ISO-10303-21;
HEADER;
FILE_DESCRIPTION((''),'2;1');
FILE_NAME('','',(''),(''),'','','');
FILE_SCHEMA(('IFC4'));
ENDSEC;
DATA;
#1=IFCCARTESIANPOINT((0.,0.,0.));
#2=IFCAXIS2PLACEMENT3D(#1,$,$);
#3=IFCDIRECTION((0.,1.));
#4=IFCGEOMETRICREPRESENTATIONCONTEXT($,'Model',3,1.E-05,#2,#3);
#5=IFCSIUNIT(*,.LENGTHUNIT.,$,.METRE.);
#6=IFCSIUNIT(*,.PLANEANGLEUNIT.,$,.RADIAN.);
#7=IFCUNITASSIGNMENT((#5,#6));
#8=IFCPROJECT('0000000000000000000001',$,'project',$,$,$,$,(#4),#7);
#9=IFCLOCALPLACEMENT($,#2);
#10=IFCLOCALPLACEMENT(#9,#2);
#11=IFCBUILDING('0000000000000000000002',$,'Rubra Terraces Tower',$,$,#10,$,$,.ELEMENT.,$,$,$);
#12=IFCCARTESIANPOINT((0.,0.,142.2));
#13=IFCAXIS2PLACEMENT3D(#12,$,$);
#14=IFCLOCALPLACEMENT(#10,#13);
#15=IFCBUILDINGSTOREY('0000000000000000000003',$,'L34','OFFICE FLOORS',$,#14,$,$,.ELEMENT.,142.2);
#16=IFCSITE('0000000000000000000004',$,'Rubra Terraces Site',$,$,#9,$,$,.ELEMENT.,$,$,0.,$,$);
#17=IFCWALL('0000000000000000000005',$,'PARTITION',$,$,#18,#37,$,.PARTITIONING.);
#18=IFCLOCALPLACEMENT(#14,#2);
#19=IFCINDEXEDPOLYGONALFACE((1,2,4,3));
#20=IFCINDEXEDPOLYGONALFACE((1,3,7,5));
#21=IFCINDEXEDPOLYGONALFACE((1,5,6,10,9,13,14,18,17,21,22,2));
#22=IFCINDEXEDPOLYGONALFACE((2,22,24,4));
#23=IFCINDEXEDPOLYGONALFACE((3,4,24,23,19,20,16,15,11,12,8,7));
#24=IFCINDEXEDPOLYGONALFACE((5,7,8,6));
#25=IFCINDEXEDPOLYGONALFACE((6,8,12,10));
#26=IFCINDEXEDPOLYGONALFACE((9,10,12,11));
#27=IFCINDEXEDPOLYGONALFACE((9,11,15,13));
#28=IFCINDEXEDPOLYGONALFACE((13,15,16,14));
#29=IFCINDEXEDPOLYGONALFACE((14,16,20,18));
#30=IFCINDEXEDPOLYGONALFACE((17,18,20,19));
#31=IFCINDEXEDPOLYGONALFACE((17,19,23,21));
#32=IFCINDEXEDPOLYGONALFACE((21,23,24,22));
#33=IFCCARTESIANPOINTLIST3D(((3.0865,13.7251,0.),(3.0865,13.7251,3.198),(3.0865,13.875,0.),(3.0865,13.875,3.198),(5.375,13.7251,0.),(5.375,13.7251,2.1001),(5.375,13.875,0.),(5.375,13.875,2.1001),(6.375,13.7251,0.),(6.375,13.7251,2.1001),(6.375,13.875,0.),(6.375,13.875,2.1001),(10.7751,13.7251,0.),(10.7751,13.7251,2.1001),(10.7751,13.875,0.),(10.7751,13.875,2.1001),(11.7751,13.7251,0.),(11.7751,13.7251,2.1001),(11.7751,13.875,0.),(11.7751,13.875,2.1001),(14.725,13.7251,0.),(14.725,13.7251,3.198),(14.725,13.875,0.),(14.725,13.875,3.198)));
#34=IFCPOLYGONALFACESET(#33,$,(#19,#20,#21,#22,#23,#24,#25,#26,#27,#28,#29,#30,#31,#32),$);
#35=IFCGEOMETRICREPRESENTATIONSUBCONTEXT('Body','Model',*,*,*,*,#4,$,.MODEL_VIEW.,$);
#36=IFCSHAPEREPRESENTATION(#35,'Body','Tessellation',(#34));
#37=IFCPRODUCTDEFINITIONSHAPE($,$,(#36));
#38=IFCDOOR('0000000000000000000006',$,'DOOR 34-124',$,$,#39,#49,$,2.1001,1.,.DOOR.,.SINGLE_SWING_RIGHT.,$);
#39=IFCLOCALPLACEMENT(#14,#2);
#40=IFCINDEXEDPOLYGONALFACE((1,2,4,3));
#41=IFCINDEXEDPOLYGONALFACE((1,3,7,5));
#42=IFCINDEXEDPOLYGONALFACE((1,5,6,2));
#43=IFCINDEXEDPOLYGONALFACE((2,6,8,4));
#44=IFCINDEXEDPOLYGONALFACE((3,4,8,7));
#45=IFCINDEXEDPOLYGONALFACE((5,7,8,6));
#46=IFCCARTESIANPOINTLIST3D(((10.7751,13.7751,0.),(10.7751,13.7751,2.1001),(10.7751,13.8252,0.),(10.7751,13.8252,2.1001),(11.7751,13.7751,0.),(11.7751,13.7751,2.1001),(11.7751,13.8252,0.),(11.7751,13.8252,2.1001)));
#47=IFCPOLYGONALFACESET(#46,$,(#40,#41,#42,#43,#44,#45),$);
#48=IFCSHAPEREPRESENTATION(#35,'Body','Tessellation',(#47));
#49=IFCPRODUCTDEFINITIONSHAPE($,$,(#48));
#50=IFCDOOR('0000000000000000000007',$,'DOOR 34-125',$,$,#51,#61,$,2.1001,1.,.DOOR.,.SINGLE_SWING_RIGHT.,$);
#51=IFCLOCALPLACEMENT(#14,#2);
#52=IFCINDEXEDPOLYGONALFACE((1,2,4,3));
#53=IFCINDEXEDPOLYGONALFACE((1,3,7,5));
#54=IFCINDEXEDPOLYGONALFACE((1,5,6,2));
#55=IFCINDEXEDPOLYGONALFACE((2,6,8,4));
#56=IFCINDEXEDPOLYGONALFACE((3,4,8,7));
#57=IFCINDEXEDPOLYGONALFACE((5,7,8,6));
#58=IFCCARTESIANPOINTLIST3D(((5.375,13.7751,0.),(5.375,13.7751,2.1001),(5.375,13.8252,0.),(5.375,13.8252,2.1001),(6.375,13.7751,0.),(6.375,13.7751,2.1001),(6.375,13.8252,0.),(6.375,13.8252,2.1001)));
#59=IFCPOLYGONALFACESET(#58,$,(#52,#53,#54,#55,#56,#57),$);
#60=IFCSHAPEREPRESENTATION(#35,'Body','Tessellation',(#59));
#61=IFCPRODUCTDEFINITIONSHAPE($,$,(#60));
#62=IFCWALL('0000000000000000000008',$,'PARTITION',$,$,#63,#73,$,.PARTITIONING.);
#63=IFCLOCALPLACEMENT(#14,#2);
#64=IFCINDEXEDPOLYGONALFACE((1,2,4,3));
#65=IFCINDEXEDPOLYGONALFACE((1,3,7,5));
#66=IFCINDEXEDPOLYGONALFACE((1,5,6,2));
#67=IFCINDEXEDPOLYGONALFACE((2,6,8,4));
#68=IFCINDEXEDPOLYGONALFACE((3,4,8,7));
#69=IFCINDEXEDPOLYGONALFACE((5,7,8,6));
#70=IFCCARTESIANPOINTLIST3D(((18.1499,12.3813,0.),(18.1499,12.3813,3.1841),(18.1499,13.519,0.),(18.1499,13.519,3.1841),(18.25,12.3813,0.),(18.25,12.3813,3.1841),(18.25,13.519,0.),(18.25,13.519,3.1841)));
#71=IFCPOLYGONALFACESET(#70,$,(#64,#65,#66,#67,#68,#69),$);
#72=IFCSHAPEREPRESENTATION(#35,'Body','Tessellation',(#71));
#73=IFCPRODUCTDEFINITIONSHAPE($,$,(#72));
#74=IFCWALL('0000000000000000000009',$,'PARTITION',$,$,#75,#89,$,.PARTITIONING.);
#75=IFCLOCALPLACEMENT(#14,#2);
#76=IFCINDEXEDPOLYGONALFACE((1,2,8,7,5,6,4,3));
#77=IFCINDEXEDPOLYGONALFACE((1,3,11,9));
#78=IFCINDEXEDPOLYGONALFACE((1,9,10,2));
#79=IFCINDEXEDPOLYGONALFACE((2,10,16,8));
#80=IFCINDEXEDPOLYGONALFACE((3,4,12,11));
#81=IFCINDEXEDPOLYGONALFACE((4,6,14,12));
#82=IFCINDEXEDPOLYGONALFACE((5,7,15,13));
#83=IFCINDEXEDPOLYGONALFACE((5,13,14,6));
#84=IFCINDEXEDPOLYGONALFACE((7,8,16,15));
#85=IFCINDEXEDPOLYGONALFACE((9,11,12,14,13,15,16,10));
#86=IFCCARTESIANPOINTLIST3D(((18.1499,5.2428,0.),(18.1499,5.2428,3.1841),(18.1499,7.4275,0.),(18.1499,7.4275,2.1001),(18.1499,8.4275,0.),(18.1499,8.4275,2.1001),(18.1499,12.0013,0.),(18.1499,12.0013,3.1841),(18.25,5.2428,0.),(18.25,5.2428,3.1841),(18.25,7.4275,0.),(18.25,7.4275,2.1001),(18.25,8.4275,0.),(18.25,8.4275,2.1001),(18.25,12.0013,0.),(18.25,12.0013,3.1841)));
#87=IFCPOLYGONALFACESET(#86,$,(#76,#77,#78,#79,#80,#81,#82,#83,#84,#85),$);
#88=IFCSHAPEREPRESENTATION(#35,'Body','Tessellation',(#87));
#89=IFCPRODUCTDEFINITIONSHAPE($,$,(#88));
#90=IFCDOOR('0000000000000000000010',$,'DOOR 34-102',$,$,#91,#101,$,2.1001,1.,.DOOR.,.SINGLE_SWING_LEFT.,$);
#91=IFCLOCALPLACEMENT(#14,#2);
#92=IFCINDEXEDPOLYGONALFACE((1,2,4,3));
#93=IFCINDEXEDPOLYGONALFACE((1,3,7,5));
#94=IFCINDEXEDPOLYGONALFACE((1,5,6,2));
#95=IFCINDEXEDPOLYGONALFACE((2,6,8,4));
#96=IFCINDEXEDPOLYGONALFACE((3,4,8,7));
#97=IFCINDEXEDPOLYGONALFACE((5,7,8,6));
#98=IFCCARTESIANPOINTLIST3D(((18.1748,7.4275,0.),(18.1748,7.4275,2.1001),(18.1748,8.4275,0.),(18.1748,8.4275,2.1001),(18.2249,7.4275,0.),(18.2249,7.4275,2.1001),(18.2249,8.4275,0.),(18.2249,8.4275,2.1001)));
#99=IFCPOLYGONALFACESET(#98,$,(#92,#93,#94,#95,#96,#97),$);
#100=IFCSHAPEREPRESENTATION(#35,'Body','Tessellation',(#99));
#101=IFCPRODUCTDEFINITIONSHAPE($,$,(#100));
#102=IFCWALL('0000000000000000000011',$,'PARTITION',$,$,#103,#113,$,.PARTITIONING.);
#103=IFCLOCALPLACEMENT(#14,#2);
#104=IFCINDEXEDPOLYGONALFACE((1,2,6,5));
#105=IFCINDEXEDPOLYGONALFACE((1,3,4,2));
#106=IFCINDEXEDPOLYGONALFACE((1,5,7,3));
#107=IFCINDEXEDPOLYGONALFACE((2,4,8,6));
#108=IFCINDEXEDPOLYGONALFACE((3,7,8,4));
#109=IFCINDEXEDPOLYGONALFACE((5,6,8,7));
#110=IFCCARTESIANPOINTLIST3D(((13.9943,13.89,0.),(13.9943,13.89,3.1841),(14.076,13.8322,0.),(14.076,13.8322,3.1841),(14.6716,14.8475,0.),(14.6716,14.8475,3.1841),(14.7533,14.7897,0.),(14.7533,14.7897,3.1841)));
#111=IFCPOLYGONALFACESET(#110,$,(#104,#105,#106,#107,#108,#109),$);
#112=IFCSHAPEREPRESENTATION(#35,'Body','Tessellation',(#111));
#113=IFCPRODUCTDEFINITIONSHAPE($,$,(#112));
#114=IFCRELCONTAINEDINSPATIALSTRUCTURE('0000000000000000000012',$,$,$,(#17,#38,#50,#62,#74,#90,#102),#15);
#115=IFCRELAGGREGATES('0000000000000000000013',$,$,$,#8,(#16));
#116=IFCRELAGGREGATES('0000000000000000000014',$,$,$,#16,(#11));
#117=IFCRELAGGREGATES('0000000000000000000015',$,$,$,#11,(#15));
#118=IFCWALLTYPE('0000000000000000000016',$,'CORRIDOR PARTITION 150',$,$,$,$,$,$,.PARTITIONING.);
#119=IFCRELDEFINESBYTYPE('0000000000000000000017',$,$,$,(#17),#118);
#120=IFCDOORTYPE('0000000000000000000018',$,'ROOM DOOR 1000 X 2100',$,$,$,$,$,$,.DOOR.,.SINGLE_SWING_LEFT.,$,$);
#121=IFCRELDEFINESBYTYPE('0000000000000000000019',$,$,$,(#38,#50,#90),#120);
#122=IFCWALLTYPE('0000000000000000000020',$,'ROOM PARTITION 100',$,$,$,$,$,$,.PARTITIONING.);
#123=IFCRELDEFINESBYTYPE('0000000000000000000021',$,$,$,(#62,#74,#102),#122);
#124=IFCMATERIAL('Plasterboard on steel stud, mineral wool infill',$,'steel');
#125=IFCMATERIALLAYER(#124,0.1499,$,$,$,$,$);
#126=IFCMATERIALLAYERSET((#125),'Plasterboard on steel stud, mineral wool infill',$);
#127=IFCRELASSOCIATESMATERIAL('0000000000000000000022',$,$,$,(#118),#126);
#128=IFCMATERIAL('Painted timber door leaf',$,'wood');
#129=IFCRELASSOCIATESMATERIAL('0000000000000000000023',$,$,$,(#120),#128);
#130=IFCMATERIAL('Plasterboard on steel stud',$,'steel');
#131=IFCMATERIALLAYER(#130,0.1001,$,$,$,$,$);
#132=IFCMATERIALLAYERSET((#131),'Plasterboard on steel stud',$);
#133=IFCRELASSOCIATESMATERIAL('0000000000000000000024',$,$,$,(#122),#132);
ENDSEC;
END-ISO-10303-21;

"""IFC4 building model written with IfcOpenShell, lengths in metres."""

from ifc_helpers import new_model, si_unit, direction, frame, frame_2d, origin, place, context, subcontext, project, spatial, rectangle, extrude, material, layer, layer_set, type_object, element, fill, save


model = new_model("IFC4")

# Units and contexts
model_context = context("Model", 3, precision=1e-05, world=origin(), true_north=direction((0.0, 1.0)))
body_context = subcontext(model_context, "Body", "Model", "MODEL_VIEW")
ifc_project = project(units=[si_unit("LENGTHUNIT", "METRE"), si_unit("PLANEANGLEUNIT", "RADIAN")], contexts=[model_context])

# Site, building, storey
site_placement = place(None, origin())
site = spatial("IfcSite", under=ifc_project, at=site_placement, Name="Rubra Terraces Site", CompositionType="ELEMENT", RefElevation=0.0)
building_placement = place(site_placement, origin())
building = spatial("IfcBuilding", under=site, at=building_placement, Name="Rubra Terraces Tower", CompositionType="ELEMENT")
storey_placement = place(building_placement, frame((0.0, 0.0, 142.2)))
storey = spatial("IfcBuildingStorey", under=building, at=storey_placement, Name="L34", Description="OFFICE FLOORS", CompositionType="ELEMENT", Elevation=142.2)

# Wall, openings, doors
ifc_material_1 = material(Name="Plasterboard on steel stud, mineral wool infill", Category="steel")
ifc_layer_1 = layer(ifc_material_1, 0.1499)
ifc_layer_set_1 = layer_set([ifc_layer_1], Name="Plasterboard on steel stud, mineral wool infill")
wall_type_1 = type_object("IfcWallType", Name="CORRIDOR PARTITION 150", PredefinedType="PARTITIONING", material=ifc_layer_set_1)
wall_1_placement = place(storey_placement, frame((14.7251, 13.8, 0.0), z_axis=(0.0, 0.0, 1.0), x_axis=(-1.0, 0.0, 0.0)))
wall_1 = element("IfcWall", 1, at=wall_1_placement, inside=storey, type_object=wall_type_1, Name="PARTITION", PredefinedType="PARTITIONING", context=body_context, shape_type="SweptSolid", body=[
    extrude(rectangle(XDim=11.6384, YDim=0.1499, at=frame_2d((5.8193, 0.0))), origin(), (0.0, 0.0, 1.0), 3.198),
])
opening_1_placement = place(wall_1_placement, frame((2.95, 0.0, 0.0)))
opening_1 = element("IfcOpeningElement", 2, at=opening_1_placement, cuts=wall_1, PredefinedType="OPENING", context=body_context, shape_type="SweptSolid", body=[
    extrude(rectangle(XDim=1.0, YDim=2.1001, at=frame_2d((0.5, 1.05))), frame((0.0, 0.085, 0.0), z_axis=(0.0, -1.0, 0.0), x_axis=(1.0, 0.0, 0.0)), (0.0, 0.0, 1.0), 0.1699),
])
opening_2_placement = place(wall_1_placement, frame((8.3501, 0.0, 0.0)))
opening_2 = element("IfcOpeningElement", 3, at=opening_2_placement, cuts=wall_1, PredefinedType="OPENING", context=body_context, shape_type="SweptSolid", body=[
    extrude(rectangle(XDim=1.0, YDim=2.1001, at=frame_2d((0.5, 1.05))), frame((0.0, 0.085, 0.0), z_axis=(0.0, -1.0, 0.0), x_axis=(1.0, 0.0, 0.0)), (0.0, 0.0, 1.0), 0.1699),
])
ifc_material_2 = material(Name="Painted timber door leaf", Category="wood")
door_type = type_object("IfcDoorType", Name="ROOM DOOR 1000 X 2100", OperationType="SINGLE_SWING_LEFT", PredefinedType="DOOR", material=ifc_material_2)
door_1_placement = place(opening_1_placement, origin())
door_1 = element("IfcDoor", 4, at=door_1_placement, inside=storey, type_object=door_type, Name="DOOR 34-124", OperationType="SINGLE_SWING_RIGHT", OverallHeight=2.1001, OverallWidth=1.0, PredefinedType="DOOR", context=body_context, shape_type="SweptSolid", body=[
    extrude(rectangle(XDim=1.0, YDim=2.1001, at=frame_2d((0.5, 1.05))), frame((0.0, 0.0249, 0.0), z_axis=(0.0, -1.0, 0.0), x_axis=(1.0, 0.0, 0.0)), (0.0, 0.0, 1.0), 0.05),
])
fill(opening_1, door_1)
door_2_placement = place(opening_2_placement, origin())
door_2 = element("IfcDoor", 5, at=door_2_placement, inside=storey, type_object=door_type, Name="DOOR 34-125", OperationType="SINGLE_SWING_RIGHT", OverallHeight=2.1001, OverallWidth=1.0, PredefinedType="DOOR", context=body_context, shape_type="SweptSolid", body=[
    extrude(rectangle(XDim=1.0, YDim=2.1001, at=frame_2d((0.5, 1.05))), frame((0.0, 0.0249, 0.0), z_axis=(0.0, -1.0, 0.0), x_axis=(1.0, 0.0, 0.0)), (0.0, 0.0, 1.0), 0.05),
])
fill(opening_2, door_2)

# Wall
ifc_material_3 = material(Name="Plasterboard on steel stud", Category="steel")
ifc_layer_2 = layer(ifc_material_3, 0.1001)
ifc_layer_set_2 = layer_set([ifc_layer_2], Name="Plasterboard on steel stud")
wall_type_2 = type_object("IfcWallType", Name="ROOM PARTITION 100", PredefinedType="PARTITIONING", material=ifc_layer_set_2)
wall_2_placement = place(storey_placement, frame((18.2, 13.519, 0.0), z_axis=(0.0, 0.0, 1.0), x_axis=(0.0, -1.0, 0.0)))
element("IfcWall", 6, at=wall_2_placement, inside=storey, type_object=wall_type_2, Name="PARTITION", PredefinedType="PARTITIONING", context=body_context, shape_type="SweptSolid", body=[
    extrude(rectangle(XDim=1.1377, YDim=0.1001, at=frame_2d((0.5688, 0.0))), origin(), (0.0, 0.0, 1.0), 3.1841),
])

# Wall, opening, door
wall_3_placement = place(storey_placement, frame((18.2, 12.0015, 0.0), z_axis=(0.0, 0.0, 1.0), x_axis=(0.0, -1.0, 0.0)))
wall_3 = element("IfcWall", 7, at=wall_3_placement, inside=storey, type_object=wall_type_2, Name="PARTITION", PredefinedType="PARTITIONING", context=body_context, shape_type="SweptSolid", body=[
    extrude(rectangle(XDim=6.7585, YDim=0.1001, at=frame_2d((3.3794, 0.0))), origin(), (0.0, 0.0, 1.0), 3.1841),
])
opening_3_placement = place(wall_3_placement, frame((3.574, 0.0, 0.0)))
opening_3 = element("IfcOpeningElement", 8, at=opening_3_placement, cuts=wall_3, PredefinedType="OPENING", context=body_context, shape_type="SweptSolid", body=[
    extrude(rectangle(XDim=1.0, YDim=2.1001, at=frame_2d((0.5, 1.05))), frame((0.0, 0.0601, 0.0), z_axis=(0.0, -1.0, 0.0), x_axis=(1.0, 0.0, 0.0)), (0.0, 0.0, 1.0), 0.1201),
])
door_3_placement = place(opening_3_placement, origin())
door_3 = element("IfcDoor", 9, at=door_3_placement, inside=storey, type_object=door_type, Name="DOOR 34-102", OperationType="SINGLE_SWING_LEFT", OverallHeight=2.1001, OverallWidth=1.0, PredefinedType="DOOR", context=body_context, shape_type="SweptSolid", body=[
    extrude(rectangle(XDim=1.0, YDim=2.1001, at=frame_2d((0.5, 1.05))), frame((0.0, 0.0249, 0.0), z_axis=(0.0, -1.0, 0.0), x_axis=(1.0, 0.0, 0.0)), (0.0, 0.0, 1.0), 0.05),
])
fill(opening_3, door_3)

# Wall
wall_4_placement = place(storey_placement, frame((14.0352, 13.8611, 0.0), z_axis=(0.0, 0.0, 1.0), x_axis=(0.577451, 0.816425, 0.0)))
element("IfcWall", 10, at=wall_4_placement, inside=storey, type_object=wall_type_2, Name="PARTITION", PredefinedType="PARTITIONING", context=body_context, shape_type="SweptSolid", body=[
    extrude(rectangle(XDim=1.1729, YDim=0.1001, at=frame_2d((0.5864, 0.0))), origin(), (0.0, 0.0, 1.0), 3.1841),
])

save(model, "model.ifc")
